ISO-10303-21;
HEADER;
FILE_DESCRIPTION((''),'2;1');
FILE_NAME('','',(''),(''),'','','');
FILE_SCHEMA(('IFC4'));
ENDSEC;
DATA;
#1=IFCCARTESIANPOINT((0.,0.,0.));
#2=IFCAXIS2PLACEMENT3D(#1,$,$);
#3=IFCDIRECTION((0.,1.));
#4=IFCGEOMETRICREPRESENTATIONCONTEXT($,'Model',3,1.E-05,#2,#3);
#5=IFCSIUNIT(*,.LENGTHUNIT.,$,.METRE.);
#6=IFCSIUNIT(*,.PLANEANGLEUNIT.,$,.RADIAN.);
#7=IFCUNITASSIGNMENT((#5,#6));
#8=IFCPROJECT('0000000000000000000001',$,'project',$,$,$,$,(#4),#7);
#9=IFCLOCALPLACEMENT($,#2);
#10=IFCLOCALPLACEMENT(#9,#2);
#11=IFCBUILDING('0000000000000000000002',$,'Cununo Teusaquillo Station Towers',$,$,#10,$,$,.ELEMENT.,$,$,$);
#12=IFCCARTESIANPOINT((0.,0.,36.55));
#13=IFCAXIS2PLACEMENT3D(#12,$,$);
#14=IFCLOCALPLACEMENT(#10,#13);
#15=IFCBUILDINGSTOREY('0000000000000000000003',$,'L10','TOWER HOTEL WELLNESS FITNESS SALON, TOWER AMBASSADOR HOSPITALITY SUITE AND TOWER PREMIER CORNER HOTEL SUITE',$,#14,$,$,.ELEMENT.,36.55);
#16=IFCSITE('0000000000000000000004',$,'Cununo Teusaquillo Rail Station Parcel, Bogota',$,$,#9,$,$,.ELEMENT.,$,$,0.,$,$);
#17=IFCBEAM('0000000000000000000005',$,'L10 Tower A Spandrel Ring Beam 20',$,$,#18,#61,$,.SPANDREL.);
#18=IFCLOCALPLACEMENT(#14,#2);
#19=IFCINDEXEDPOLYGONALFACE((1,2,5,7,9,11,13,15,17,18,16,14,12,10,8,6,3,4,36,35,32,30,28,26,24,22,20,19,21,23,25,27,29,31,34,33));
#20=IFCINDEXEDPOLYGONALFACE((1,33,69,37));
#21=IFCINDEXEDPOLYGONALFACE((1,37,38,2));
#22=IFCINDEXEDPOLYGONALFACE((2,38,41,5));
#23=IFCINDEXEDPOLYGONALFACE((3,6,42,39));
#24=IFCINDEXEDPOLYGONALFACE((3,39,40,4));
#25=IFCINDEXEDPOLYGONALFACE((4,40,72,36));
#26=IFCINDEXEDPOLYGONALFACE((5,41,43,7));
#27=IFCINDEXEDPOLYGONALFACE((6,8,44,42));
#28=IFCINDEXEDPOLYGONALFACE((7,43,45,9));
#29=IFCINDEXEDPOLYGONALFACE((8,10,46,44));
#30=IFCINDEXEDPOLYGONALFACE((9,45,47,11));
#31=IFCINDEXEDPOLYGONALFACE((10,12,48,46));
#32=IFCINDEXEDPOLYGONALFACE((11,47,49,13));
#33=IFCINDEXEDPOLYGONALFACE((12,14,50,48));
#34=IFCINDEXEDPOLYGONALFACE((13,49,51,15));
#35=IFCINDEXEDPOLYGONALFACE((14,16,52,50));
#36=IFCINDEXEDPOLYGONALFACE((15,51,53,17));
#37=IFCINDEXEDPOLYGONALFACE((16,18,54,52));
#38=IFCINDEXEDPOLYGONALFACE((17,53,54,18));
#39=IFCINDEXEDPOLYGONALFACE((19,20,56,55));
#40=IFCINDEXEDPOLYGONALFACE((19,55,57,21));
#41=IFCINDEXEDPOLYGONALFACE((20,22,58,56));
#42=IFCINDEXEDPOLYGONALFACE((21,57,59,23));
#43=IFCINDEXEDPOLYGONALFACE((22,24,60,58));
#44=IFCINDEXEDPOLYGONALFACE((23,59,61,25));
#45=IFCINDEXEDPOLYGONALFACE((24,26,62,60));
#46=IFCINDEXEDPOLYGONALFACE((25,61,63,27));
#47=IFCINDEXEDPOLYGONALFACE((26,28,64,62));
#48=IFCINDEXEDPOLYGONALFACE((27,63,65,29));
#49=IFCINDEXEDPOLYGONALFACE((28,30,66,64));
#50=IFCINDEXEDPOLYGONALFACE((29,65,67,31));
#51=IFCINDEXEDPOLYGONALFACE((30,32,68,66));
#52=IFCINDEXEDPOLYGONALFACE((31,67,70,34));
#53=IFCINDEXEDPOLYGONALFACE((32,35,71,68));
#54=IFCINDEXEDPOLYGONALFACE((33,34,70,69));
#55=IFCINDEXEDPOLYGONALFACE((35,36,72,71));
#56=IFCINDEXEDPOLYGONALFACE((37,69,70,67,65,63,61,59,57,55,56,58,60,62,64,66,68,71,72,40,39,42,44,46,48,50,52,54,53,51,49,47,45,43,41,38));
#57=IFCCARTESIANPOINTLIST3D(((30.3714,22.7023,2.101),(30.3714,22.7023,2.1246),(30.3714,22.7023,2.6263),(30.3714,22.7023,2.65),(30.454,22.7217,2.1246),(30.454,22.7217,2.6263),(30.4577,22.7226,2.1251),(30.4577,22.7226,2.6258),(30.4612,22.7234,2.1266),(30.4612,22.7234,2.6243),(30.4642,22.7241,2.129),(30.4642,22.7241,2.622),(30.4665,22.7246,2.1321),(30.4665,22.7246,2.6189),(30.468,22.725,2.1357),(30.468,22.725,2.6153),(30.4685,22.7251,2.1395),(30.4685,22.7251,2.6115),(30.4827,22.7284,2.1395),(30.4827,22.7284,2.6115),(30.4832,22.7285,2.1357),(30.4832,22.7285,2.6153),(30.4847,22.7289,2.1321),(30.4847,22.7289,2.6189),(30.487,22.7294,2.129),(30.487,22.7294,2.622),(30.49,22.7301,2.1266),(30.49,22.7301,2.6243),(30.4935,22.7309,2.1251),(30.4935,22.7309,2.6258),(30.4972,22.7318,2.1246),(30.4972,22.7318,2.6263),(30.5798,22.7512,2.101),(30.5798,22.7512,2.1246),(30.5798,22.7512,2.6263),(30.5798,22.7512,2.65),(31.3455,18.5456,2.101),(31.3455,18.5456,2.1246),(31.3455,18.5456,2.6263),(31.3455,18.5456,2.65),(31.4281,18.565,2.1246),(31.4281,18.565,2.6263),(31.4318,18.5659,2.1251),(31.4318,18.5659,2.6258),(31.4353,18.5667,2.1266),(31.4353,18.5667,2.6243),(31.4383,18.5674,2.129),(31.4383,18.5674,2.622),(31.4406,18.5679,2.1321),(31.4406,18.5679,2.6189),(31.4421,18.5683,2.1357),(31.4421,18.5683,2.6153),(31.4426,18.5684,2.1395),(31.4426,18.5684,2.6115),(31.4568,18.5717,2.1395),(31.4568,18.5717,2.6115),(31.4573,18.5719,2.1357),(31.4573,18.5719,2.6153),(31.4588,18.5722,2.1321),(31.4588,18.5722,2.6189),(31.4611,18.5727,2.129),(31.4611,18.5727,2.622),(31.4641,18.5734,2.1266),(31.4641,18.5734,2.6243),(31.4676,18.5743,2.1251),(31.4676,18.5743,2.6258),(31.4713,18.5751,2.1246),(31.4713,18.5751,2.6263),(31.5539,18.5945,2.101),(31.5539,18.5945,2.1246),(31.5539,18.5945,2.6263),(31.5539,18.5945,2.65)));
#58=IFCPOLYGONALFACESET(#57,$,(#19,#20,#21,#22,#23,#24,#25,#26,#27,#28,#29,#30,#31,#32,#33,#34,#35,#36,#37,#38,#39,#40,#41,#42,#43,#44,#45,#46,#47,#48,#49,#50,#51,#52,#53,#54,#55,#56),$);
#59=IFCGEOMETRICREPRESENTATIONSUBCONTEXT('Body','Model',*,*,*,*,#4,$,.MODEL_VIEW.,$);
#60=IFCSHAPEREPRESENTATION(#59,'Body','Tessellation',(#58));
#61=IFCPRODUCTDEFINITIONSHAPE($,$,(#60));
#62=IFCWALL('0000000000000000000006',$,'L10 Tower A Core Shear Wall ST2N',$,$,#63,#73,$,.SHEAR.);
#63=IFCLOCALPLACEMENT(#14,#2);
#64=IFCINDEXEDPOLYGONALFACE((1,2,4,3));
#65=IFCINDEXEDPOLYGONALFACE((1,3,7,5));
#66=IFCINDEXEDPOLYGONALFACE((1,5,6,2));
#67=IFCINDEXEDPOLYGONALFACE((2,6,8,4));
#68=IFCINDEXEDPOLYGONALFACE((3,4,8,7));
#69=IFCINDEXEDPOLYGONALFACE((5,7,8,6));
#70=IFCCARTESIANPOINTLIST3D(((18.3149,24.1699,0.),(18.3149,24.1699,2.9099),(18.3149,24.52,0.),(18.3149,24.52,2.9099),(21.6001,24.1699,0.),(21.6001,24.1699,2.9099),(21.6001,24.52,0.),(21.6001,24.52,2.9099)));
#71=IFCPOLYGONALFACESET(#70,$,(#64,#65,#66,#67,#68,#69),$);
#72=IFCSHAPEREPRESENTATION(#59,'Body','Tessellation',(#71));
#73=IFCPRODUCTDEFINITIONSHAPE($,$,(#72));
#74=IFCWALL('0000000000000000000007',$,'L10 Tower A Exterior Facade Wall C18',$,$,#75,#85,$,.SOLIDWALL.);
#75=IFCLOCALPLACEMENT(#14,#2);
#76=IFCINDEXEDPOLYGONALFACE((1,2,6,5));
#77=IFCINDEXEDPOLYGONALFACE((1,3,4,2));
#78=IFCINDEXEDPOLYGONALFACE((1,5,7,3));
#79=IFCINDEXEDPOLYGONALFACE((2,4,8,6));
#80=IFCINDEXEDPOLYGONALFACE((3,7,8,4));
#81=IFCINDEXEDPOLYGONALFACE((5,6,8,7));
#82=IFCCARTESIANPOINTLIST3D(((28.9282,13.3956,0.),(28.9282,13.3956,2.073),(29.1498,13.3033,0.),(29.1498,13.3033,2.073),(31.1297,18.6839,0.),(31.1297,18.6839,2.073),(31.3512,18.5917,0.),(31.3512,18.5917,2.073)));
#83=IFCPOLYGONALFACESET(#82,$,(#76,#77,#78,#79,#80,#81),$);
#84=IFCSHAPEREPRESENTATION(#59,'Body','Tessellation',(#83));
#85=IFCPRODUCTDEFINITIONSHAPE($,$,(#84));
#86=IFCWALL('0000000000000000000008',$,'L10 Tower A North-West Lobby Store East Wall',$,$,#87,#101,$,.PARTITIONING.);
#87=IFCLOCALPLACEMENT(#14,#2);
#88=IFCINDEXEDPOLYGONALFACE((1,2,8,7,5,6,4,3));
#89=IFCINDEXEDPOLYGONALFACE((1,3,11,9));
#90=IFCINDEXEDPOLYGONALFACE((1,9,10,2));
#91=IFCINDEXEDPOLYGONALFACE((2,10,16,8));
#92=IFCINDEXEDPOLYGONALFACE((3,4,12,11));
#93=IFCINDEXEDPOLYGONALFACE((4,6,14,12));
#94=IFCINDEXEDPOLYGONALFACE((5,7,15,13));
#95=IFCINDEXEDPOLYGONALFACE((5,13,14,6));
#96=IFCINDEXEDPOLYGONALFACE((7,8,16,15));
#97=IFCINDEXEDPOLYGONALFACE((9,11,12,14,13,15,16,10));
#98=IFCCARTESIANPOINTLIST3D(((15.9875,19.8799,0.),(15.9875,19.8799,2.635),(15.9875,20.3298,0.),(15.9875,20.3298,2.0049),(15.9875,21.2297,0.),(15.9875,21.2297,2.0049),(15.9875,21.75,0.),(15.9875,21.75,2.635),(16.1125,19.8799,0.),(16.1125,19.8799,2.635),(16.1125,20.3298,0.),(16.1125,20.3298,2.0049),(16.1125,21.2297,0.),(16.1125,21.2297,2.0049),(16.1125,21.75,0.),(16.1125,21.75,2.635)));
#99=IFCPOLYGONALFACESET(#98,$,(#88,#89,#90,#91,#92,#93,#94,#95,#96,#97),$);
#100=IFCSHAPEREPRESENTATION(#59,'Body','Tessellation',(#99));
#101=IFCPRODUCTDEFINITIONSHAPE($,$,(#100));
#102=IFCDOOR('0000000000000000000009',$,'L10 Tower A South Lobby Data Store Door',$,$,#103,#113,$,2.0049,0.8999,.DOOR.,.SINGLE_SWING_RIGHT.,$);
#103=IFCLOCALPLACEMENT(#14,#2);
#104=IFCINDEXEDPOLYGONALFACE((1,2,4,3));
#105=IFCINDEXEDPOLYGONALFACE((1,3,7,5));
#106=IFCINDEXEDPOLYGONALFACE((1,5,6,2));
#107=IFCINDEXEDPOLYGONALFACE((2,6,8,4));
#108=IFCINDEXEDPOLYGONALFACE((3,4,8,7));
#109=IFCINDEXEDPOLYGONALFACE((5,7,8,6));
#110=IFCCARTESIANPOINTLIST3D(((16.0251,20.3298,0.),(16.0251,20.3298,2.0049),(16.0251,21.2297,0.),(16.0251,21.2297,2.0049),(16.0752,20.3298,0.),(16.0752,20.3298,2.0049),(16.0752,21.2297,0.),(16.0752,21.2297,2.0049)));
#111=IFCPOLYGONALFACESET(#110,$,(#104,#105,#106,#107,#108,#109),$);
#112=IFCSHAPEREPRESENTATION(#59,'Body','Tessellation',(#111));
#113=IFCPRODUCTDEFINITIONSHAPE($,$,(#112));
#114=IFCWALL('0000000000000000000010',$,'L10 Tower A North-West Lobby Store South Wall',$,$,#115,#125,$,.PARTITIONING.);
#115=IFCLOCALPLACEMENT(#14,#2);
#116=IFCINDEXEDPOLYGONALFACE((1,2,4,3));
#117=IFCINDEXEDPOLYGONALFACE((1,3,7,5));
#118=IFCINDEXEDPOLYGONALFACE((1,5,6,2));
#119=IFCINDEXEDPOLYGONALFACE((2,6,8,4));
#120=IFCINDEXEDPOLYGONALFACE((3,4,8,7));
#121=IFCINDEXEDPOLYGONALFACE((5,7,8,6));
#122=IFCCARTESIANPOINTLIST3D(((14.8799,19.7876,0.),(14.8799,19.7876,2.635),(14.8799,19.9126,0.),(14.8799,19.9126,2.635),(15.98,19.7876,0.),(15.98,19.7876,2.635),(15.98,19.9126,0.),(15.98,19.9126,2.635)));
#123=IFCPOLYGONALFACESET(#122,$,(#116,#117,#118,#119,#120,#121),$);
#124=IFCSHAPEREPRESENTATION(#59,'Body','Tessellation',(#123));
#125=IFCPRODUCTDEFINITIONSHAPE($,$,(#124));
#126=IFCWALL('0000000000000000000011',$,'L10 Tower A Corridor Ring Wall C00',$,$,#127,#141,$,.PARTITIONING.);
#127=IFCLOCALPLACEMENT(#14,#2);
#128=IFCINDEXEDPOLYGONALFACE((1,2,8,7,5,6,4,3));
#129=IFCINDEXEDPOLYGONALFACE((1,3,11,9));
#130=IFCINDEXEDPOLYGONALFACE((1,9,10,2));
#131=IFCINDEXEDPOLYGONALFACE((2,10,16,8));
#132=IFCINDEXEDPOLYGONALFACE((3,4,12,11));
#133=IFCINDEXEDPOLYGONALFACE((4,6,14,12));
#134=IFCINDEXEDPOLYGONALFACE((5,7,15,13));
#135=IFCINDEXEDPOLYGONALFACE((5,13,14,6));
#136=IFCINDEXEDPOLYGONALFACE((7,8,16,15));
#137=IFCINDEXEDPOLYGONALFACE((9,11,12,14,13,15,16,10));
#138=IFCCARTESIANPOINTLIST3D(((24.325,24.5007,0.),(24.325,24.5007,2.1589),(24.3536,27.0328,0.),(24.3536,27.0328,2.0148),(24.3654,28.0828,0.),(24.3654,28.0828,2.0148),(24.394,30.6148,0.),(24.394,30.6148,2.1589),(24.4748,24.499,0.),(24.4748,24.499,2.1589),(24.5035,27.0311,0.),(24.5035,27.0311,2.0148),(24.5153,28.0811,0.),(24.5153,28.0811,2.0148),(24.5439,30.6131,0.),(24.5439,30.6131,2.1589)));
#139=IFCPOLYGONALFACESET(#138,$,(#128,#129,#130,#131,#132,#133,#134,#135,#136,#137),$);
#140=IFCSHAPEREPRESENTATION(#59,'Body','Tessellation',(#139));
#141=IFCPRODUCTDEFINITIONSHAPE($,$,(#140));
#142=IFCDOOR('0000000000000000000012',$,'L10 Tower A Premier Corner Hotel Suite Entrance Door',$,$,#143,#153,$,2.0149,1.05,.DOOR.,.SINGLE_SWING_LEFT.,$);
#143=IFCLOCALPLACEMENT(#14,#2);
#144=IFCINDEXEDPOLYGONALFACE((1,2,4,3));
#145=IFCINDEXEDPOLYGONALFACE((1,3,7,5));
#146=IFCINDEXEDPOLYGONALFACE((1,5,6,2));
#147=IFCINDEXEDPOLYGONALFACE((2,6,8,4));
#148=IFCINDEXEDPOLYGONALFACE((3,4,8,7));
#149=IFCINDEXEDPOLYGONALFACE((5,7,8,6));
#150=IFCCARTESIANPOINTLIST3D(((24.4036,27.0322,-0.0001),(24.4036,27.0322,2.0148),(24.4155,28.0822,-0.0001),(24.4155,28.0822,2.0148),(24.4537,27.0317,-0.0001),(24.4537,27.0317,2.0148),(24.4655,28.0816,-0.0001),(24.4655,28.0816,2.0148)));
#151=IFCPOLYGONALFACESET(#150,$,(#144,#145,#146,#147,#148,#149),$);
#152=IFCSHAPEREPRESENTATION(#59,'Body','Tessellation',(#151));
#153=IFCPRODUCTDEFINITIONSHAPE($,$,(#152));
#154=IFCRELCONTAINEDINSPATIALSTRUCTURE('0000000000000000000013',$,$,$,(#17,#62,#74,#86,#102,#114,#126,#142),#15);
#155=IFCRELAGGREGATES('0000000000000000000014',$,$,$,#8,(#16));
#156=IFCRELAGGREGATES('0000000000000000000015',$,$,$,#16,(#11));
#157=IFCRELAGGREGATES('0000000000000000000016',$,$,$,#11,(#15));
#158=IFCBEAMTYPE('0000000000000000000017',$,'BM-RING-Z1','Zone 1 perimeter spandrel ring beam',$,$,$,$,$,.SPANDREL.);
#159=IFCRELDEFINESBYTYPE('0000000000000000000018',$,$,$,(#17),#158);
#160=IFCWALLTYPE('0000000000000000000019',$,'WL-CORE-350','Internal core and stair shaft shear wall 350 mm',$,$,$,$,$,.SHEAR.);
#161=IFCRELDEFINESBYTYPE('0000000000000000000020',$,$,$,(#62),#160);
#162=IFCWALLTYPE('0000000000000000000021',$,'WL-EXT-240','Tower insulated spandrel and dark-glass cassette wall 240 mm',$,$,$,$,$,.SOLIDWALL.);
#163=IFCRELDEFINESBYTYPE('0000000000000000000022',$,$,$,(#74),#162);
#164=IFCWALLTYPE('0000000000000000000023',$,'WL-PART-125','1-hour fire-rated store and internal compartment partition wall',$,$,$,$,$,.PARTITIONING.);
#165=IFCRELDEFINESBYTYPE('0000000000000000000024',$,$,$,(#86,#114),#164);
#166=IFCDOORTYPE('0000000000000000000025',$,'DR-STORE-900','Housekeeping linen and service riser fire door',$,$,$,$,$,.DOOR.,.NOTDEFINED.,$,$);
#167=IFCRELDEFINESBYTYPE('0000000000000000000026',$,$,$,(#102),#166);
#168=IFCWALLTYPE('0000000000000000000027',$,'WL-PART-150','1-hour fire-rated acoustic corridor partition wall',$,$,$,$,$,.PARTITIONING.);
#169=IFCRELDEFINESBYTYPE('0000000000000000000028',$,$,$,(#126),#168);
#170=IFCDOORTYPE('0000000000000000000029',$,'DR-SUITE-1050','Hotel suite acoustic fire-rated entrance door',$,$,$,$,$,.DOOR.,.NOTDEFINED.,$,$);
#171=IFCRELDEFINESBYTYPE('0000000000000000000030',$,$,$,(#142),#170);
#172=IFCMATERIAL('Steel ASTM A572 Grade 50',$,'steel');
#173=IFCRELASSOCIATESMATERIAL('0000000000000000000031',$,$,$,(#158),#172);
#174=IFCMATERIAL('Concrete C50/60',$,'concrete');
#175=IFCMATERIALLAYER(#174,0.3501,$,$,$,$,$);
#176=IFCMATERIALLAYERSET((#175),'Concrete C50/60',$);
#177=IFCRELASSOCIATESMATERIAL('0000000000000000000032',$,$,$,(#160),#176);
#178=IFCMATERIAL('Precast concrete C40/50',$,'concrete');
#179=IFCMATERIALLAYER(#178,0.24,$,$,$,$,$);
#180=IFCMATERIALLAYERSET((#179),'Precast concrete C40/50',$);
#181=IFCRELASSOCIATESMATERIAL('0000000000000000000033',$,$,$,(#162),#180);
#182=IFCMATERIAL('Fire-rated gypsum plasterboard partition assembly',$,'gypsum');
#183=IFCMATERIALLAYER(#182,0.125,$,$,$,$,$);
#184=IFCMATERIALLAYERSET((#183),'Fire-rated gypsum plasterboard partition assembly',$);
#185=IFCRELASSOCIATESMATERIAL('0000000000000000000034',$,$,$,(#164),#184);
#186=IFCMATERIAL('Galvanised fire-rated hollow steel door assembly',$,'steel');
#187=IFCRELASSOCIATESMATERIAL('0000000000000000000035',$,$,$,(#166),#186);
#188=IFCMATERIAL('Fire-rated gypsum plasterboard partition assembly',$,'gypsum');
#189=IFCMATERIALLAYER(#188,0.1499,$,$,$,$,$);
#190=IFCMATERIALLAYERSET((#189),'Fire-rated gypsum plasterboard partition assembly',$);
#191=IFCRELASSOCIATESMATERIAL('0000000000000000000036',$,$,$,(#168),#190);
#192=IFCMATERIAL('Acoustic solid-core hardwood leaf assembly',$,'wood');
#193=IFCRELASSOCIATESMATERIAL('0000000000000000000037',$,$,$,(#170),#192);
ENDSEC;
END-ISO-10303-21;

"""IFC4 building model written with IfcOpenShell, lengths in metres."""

from ifc_helpers import new_model, si_unit, direction, frame, frame_2d, origin, origin_2d, place, context, subcontext, project, spatial, rectangle, i_section, extrude, source, transform, mapped, material, layer, layer_set, material_profile, profile_set, type_object, element, fill, save


model = new_model("IFC4")

# Units and contexts
model_context = context("Model", 3, precision=1e-05, world=origin(), true_north=direction((0.0, 1.0)))
body_context = subcontext(model_context, "Body", "Model", "MODEL_VIEW")
ifc_project = project(units=[si_unit("LENGTHUNIT", "METRE"), si_unit("PLANEANGLEUNIT", "RADIAN")], contexts=[model_context])

# Site, building, storey
site_placement = place(None, origin())
site = spatial("IfcSite", under=ifc_project, at=site_placement, Name="Cununo Teusaquillo Rail Station Parcel, Bogota", CompositionType="ELEMENT", RefElevation=0.0)
building_placement = place(site_placement, origin())
building = spatial("IfcBuilding", under=site, at=building_placement, Name="Cununo Teusaquillo Station Towers", CompositionType="ELEMENT")
storey_placement = place(building_placement, frame((0.0, 0.0, 36.55)))
storey = spatial("IfcBuildingStorey", under=building, at=storey_placement, Name="L10", Description="TOWER HOTEL WELLNESS FITNESS SALON, TOWER AMBASSADOR HOSPITALITY SUITE AND TOWER PREMIER CORNER HOTEL SUITE", CompositionType="ELEMENT", Elevation=36.55)

# Beam
ifc_material_1 = material(Name="Steel ASTM A572 Grade 50", Category="steel")
ifc_material_profile_1 = material_profile(ifc_material_1, i_section(OverallWidth=0.2141, OverallDepth=0.5491, WebThickness=0.0146, FlangeThickness=0.0237, FilletRadius=0.0149, at=origin_2d()), Name="W21X93")
ifc_profile_set_1 = profile_set([ifc_material_profile_1], Name="Steel ASTM A572 Grade 50")
beam_type_1 = type_object("IfcBeamType", Name="BM-RING-Z1", Description="Zone 1 perimeter spandrel ring beam", PredefinedType="SPANDREL", material=ifc_profile_set_1)
beam_1_placement = place(storey_placement, frame((31.4497, 18.5701, 2.3755), z_axis=(-0.228166, 0.973622, 0.0), x_axis=(-0.973622, -0.228166, 0.0)))
element("IfcBeam", 1, at=beam_1_placement, inside=storey, type_object=beam_type_1, Name="L10 Tower A Spandrel Ring Beam 20", PredefinedType="SPANDREL", context=body_context, shape_type="SweptSolid", body=[
    extrude(i_section(OverallWidth=0.2141, OverallDepth=0.5491, WebThickness=0.0146, FlangeThickness=0.0237, FilletRadius=0.0149, at=origin_2d()), origin(), (0.0, 0.0, 1.0), 4.2693),
])

# Walls
ifc_material_2 = material(Name="Concrete C50/60", Category="concrete")
ifc_layer_1 = layer(ifc_material_2, 0.3501)
ifc_layer_set_1 = layer_set([ifc_layer_1], Name="Concrete C50/60")
wall_type_1 = type_object("IfcWallType", Name="WL-CORE-350", Description="Internal core and stair shaft shear wall 350 mm", PredefinedType="SHEAR", material=ifc_layer_set_1)
wall_1_placement = place(storey_placement, frame((18.3149, 24.345, 0.0), z_axis=(0.0, 0.0, 1.0), x_axis=(1.0, 0.0, 0.0)))
element("IfcWall", 2, at=wall_1_placement, inside=storey, type_object=wall_type_1, Name="L10 Tower A Core Shear Wall ST2N", PredefinedType="SHEAR", context=body_context, shape_type="SweptSolid", body=[
    extrude(rectangle(XDim=3.2852, YDim=0.3501, at=frame_2d((1.6426, 0.0))), origin(), (0.0, 0.0, 1.0), 2.9099),
])
ifc_material_3 = material(Name="Precast concrete C40/50", Category="concrete")
ifc_layer_2 = layer(ifc_material_3, 0.24)
ifc_layer_set_2 = layer_set([ifc_layer_2], Name="Precast concrete C40/50")
wall_type_2 = type_object("IfcWallType", Name="WL-EXT-240", Description="Tower insulated spandrel and dark-glass cassette wall 240 mm", PredefinedType="SOLIDWALL", material=ifc_layer_set_2)
wall_2_placement = place(storey_placement, frame((31.2405, 18.6379, 0.0), z_axis=(0.0, 0.0, 1.0), x_axis=(-0.38431, -0.923204, 0.0)))
element("IfcWall", 3, at=wall_2_placement, inside=storey, type_object=wall_type_2, Name="L10 Tower A Exterior Facade Wall C18", PredefinedType="SOLIDWALL", context=body_context, shape_type="SweptSolid", body=[
    extrude(rectangle(XDim=5.7283, YDim=0.24, at=frame_2d((2.8643, 0.0))), origin(), (0.0, 0.0, 1.0), 2.073),
])

# Wall, opening, door
ifc_material_4 = material(Name="Fire-rated gypsum plasterboard partition assembly", Category="gypsum")
ifc_layer_3 = layer(ifc_material_4, 0.125)
ifc_layer_set_3 = layer_set([ifc_layer_3], Name="Fire-rated gypsum plasterboard partition assembly")
wall_type_3 = type_object("IfcWallType", Name="WL-PART-125", Description="1-hour fire-rated store and internal compartment partition wall", PredefinedType="PARTITIONING", material=ifc_layer_set_3)
wall_3_placement = place(storey_placement, frame((16.05, 19.8799, 0.0), z_axis=(0.0, 0.0, 1.0), x_axis=(0.0, 1.0, 0.0)))
wall_3 = element("IfcWall", 4, at=wall_3_placement, inside=storey, type_object=wall_type_3, Name="L10 Tower A North-West Lobby Store East Wall", PredefinedType="PARTITIONING", context=body_context, shape_type="SweptSolid", body=[
    extrude(rectangle(XDim=1.8701, YDim=0.125, at=frame_2d((0.9351, 0.0))), origin(), (0.0, 0.0, 1.0), 2.635),
])
shared_shape_1 = source(origin(), body_context, "Body", "SweptSolid", [
    extrude(rectangle(XDim=0.8999, YDim=2.0049, at=frame_2d((0.45, 1.0024))), frame((0.0, 0.0725, 0.0), z_axis=(0.0, -1.0, 0.0), x_axis=(1.0, 0.0, 0.0)), (0.0, 0.0, 1.0), 0.145),
])
opening_1_placement = place(wall_3_placement, frame((0.45, 0.0, 0.0)))
opening_1 = element("IfcOpeningElement", 5, at=opening_1_placement, cuts=wall_3, PredefinedType="OPENING", context=body_context, shape_type="MappedRepresentation", body=[
    mapped(shared_shape_1, transform((0.0, 0.0, 0.0), x_axis=(1.0, 0.0, 0.0), y_axis=(0.0, 1.0, 0.0), z_axis=(0.0, 0.0, 1.0), scale=1.0)),
])
ifc_material_5 = material(Name="Galvanised fire-rated hollow steel door assembly", Category="steel")
door_type_1 = type_object("IfcDoorType", Name="DR-STORE-900", Description="Housekeeping linen and service riser fire door", OperationType="NOTDEFINED", PredefinedType="DOOR", material=ifc_material_5)
shared_shape_2 = source(origin(), body_context, "Body", "SweptSolid", [
    extrude(rectangle(XDim=0.8999, YDim=2.0049, at=frame_2d((0.45, 1.0024))), frame((0.0, 0.0249, 0.0), z_axis=(0.0, -1.0, 0.0), x_axis=(1.0, 0.0, 0.0)), (0.0, 0.0, 1.0), 0.05),
])
door_1_placement = place(opening_1_placement, origin())
door_1 = element("IfcDoor", 6, at=door_1_placement, inside=storey, type_object=door_type_1, Name="L10 Tower A South Lobby Data Store Door", OperationType="SINGLE_SWING_RIGHT", OverallHeight=2.0049, OverallWidth=0.8999, PredefinedType="DOOR", context=body_context, shape_type="MappedRepresentation", body=[
    mapped(shared_shape_2, transform((0.0, 0.0, 0.0), x_axis=(1.0, 0.0, 0.0), y_axis=(0.0, 1.0, 0.0), z_axis=(0.0, 0.0, 1.0), scale=1.0)),
])
fill(opening_1, door_1)

# Wall
wall_4_placement = place(storey_placement, frame((14.8799, 19.8501, 0.0), z_axis=(0.0, 0.0, 1.0), x_axis=(1.0, 0.0, 0.0)))
element("IfcWall", 7, at=wall_4_placement, inside=storey, type_object=wall_type_3, Name="L10 Tower A North-West Lobby Store South Wall", PredefinedType="PARTITIONING", context=body_context, shape_type="SweptSolid", body=[
    extrude(rectangle(XDim=1.1001, YDim=0.125, at=frame_2d((0.55, 0.0))), origin(), (0.0, 0.0, 1.0), 2.635),
])

# Wall, opening, door
ifc_material_6 = material(Name="Fire-rated gypsum plasterboard partition assembly", Category="gypsum")
ifc_layer_4 = layer(ifc_material_6, 0.1499)
ifc_layer_set_4 = layer_set([ifc_layer_4], Name="Fire-rated gypsum plasterboard partition assembly")
wall_type_4 = type_object("IfcWallType", Name="WL-PART-150", Description="1-hour fire-rated acoustic corridor partition wall", PredefinedType="PARTITIONING", material=ifc_layer_set_4)
wall_5_placement = place(storey_placement, frame((24.3999, 24.5, 0.0), z_axis=(0.0, 0.0, 1.0), x_axis=(0.0113, 0.999936, 0.0)))
wall_5 = element("IfcWall", 8, at=wall_5_placement, inside=storey, type_object=wall_type_4, Name="L10 Tower A Corridor Ring Wall C00", PredefinedType="PARTITIONING", context=body_context, shape_type="SweptSolid", body=[
    extrude(rectangle(XDim=6.1145, YDim=0.1499, at=frame_2d((3.0571, 0.0))), origin(), (0.0, 0.0, 1.0), 2.1589),
])
shared_shape_3 = source(origin(), body_context, "Body", "SweptSolid", [
    extrude(rectangle(XDim=1.05, YDim=2.0149, at=frame_2d((0.5249, 1.0073))), frame((0.0, 0.085, 0.0), z_axis=(0.0, -1.0, 0.0), x_axis=(1.0, 0.0, 0.0)), (0.0, 0.0, 1.0), 0.1699),
])
opening_2_placement = place(wall_5_placement, frame((2.5322, 0.0, 0.0)))
opening_2 = element("IfcOpeningElement", 9, at=opening_2_placement, cuts=wall_5, PredefinedType="OPENING", context=body_context, shape_type="MappedRepresentation", body=[
    mapped(shared_shape_3, transform((0.0, 0.0, 0.0), x_axis=(1.0, 0.0, 0.0), y_axis=(0.0, 1.0, 0.0), z_axis=(0.0, 0.0, 1.0), scale=1.0)),
])
ifc_material_7 = material(Name="Acoustic solid-core hardwood leaf assembly", Category="wood")
door_type_2 = type_object("IfcDoorType", Name="DR-SUITE-1050", Description="Hotel suite acoustic fire-rated entrance door", OperationType="NOTDEFINED", PredefinedType="DOOR", material=ifc_material_7)
shared_shape_4 = source(origin(), body_context, "Body", "SweptSolid", [
    extrude(rectangle(XDim=1.05, YDim=2.0149, at=frame_2d((0.5249, 1.0073))), frame((0.0, 0.0249, 0.0), z_axis=(0.0, -1.0, 0.0), x_axis=(1.0, 0.0, 0.0)), (0.0, 0.0, 1.0), 0.05),
])
door_2_placement = place(opening_2_placement, origin())
door_2 = element("IfcDoor", 10, at=door_2_placement, inside=storey, type_object=door_type_2, Name="L10 Tower A Premier Corner Hotel Suite Entrance Door", OperationType="SINGLE_SWING_LEFT", OverallHeight=2.0149, OverallWidth=1.05, PredefinedType="DOOR", context=body_context, shape_type="MappedRepresentation", body=[
    mapped(shared_shape_4, transform((0.0, 0.0, 0.0), x_axis=(1.0, 0.0, 0.0), y_axis=(0.0, 1.0, 0.0), z_axis=(0.0, 0.0, 1.0), scale=1.0)),
])
fill(opening_2, door_2)

save(model, "model.ifc")
